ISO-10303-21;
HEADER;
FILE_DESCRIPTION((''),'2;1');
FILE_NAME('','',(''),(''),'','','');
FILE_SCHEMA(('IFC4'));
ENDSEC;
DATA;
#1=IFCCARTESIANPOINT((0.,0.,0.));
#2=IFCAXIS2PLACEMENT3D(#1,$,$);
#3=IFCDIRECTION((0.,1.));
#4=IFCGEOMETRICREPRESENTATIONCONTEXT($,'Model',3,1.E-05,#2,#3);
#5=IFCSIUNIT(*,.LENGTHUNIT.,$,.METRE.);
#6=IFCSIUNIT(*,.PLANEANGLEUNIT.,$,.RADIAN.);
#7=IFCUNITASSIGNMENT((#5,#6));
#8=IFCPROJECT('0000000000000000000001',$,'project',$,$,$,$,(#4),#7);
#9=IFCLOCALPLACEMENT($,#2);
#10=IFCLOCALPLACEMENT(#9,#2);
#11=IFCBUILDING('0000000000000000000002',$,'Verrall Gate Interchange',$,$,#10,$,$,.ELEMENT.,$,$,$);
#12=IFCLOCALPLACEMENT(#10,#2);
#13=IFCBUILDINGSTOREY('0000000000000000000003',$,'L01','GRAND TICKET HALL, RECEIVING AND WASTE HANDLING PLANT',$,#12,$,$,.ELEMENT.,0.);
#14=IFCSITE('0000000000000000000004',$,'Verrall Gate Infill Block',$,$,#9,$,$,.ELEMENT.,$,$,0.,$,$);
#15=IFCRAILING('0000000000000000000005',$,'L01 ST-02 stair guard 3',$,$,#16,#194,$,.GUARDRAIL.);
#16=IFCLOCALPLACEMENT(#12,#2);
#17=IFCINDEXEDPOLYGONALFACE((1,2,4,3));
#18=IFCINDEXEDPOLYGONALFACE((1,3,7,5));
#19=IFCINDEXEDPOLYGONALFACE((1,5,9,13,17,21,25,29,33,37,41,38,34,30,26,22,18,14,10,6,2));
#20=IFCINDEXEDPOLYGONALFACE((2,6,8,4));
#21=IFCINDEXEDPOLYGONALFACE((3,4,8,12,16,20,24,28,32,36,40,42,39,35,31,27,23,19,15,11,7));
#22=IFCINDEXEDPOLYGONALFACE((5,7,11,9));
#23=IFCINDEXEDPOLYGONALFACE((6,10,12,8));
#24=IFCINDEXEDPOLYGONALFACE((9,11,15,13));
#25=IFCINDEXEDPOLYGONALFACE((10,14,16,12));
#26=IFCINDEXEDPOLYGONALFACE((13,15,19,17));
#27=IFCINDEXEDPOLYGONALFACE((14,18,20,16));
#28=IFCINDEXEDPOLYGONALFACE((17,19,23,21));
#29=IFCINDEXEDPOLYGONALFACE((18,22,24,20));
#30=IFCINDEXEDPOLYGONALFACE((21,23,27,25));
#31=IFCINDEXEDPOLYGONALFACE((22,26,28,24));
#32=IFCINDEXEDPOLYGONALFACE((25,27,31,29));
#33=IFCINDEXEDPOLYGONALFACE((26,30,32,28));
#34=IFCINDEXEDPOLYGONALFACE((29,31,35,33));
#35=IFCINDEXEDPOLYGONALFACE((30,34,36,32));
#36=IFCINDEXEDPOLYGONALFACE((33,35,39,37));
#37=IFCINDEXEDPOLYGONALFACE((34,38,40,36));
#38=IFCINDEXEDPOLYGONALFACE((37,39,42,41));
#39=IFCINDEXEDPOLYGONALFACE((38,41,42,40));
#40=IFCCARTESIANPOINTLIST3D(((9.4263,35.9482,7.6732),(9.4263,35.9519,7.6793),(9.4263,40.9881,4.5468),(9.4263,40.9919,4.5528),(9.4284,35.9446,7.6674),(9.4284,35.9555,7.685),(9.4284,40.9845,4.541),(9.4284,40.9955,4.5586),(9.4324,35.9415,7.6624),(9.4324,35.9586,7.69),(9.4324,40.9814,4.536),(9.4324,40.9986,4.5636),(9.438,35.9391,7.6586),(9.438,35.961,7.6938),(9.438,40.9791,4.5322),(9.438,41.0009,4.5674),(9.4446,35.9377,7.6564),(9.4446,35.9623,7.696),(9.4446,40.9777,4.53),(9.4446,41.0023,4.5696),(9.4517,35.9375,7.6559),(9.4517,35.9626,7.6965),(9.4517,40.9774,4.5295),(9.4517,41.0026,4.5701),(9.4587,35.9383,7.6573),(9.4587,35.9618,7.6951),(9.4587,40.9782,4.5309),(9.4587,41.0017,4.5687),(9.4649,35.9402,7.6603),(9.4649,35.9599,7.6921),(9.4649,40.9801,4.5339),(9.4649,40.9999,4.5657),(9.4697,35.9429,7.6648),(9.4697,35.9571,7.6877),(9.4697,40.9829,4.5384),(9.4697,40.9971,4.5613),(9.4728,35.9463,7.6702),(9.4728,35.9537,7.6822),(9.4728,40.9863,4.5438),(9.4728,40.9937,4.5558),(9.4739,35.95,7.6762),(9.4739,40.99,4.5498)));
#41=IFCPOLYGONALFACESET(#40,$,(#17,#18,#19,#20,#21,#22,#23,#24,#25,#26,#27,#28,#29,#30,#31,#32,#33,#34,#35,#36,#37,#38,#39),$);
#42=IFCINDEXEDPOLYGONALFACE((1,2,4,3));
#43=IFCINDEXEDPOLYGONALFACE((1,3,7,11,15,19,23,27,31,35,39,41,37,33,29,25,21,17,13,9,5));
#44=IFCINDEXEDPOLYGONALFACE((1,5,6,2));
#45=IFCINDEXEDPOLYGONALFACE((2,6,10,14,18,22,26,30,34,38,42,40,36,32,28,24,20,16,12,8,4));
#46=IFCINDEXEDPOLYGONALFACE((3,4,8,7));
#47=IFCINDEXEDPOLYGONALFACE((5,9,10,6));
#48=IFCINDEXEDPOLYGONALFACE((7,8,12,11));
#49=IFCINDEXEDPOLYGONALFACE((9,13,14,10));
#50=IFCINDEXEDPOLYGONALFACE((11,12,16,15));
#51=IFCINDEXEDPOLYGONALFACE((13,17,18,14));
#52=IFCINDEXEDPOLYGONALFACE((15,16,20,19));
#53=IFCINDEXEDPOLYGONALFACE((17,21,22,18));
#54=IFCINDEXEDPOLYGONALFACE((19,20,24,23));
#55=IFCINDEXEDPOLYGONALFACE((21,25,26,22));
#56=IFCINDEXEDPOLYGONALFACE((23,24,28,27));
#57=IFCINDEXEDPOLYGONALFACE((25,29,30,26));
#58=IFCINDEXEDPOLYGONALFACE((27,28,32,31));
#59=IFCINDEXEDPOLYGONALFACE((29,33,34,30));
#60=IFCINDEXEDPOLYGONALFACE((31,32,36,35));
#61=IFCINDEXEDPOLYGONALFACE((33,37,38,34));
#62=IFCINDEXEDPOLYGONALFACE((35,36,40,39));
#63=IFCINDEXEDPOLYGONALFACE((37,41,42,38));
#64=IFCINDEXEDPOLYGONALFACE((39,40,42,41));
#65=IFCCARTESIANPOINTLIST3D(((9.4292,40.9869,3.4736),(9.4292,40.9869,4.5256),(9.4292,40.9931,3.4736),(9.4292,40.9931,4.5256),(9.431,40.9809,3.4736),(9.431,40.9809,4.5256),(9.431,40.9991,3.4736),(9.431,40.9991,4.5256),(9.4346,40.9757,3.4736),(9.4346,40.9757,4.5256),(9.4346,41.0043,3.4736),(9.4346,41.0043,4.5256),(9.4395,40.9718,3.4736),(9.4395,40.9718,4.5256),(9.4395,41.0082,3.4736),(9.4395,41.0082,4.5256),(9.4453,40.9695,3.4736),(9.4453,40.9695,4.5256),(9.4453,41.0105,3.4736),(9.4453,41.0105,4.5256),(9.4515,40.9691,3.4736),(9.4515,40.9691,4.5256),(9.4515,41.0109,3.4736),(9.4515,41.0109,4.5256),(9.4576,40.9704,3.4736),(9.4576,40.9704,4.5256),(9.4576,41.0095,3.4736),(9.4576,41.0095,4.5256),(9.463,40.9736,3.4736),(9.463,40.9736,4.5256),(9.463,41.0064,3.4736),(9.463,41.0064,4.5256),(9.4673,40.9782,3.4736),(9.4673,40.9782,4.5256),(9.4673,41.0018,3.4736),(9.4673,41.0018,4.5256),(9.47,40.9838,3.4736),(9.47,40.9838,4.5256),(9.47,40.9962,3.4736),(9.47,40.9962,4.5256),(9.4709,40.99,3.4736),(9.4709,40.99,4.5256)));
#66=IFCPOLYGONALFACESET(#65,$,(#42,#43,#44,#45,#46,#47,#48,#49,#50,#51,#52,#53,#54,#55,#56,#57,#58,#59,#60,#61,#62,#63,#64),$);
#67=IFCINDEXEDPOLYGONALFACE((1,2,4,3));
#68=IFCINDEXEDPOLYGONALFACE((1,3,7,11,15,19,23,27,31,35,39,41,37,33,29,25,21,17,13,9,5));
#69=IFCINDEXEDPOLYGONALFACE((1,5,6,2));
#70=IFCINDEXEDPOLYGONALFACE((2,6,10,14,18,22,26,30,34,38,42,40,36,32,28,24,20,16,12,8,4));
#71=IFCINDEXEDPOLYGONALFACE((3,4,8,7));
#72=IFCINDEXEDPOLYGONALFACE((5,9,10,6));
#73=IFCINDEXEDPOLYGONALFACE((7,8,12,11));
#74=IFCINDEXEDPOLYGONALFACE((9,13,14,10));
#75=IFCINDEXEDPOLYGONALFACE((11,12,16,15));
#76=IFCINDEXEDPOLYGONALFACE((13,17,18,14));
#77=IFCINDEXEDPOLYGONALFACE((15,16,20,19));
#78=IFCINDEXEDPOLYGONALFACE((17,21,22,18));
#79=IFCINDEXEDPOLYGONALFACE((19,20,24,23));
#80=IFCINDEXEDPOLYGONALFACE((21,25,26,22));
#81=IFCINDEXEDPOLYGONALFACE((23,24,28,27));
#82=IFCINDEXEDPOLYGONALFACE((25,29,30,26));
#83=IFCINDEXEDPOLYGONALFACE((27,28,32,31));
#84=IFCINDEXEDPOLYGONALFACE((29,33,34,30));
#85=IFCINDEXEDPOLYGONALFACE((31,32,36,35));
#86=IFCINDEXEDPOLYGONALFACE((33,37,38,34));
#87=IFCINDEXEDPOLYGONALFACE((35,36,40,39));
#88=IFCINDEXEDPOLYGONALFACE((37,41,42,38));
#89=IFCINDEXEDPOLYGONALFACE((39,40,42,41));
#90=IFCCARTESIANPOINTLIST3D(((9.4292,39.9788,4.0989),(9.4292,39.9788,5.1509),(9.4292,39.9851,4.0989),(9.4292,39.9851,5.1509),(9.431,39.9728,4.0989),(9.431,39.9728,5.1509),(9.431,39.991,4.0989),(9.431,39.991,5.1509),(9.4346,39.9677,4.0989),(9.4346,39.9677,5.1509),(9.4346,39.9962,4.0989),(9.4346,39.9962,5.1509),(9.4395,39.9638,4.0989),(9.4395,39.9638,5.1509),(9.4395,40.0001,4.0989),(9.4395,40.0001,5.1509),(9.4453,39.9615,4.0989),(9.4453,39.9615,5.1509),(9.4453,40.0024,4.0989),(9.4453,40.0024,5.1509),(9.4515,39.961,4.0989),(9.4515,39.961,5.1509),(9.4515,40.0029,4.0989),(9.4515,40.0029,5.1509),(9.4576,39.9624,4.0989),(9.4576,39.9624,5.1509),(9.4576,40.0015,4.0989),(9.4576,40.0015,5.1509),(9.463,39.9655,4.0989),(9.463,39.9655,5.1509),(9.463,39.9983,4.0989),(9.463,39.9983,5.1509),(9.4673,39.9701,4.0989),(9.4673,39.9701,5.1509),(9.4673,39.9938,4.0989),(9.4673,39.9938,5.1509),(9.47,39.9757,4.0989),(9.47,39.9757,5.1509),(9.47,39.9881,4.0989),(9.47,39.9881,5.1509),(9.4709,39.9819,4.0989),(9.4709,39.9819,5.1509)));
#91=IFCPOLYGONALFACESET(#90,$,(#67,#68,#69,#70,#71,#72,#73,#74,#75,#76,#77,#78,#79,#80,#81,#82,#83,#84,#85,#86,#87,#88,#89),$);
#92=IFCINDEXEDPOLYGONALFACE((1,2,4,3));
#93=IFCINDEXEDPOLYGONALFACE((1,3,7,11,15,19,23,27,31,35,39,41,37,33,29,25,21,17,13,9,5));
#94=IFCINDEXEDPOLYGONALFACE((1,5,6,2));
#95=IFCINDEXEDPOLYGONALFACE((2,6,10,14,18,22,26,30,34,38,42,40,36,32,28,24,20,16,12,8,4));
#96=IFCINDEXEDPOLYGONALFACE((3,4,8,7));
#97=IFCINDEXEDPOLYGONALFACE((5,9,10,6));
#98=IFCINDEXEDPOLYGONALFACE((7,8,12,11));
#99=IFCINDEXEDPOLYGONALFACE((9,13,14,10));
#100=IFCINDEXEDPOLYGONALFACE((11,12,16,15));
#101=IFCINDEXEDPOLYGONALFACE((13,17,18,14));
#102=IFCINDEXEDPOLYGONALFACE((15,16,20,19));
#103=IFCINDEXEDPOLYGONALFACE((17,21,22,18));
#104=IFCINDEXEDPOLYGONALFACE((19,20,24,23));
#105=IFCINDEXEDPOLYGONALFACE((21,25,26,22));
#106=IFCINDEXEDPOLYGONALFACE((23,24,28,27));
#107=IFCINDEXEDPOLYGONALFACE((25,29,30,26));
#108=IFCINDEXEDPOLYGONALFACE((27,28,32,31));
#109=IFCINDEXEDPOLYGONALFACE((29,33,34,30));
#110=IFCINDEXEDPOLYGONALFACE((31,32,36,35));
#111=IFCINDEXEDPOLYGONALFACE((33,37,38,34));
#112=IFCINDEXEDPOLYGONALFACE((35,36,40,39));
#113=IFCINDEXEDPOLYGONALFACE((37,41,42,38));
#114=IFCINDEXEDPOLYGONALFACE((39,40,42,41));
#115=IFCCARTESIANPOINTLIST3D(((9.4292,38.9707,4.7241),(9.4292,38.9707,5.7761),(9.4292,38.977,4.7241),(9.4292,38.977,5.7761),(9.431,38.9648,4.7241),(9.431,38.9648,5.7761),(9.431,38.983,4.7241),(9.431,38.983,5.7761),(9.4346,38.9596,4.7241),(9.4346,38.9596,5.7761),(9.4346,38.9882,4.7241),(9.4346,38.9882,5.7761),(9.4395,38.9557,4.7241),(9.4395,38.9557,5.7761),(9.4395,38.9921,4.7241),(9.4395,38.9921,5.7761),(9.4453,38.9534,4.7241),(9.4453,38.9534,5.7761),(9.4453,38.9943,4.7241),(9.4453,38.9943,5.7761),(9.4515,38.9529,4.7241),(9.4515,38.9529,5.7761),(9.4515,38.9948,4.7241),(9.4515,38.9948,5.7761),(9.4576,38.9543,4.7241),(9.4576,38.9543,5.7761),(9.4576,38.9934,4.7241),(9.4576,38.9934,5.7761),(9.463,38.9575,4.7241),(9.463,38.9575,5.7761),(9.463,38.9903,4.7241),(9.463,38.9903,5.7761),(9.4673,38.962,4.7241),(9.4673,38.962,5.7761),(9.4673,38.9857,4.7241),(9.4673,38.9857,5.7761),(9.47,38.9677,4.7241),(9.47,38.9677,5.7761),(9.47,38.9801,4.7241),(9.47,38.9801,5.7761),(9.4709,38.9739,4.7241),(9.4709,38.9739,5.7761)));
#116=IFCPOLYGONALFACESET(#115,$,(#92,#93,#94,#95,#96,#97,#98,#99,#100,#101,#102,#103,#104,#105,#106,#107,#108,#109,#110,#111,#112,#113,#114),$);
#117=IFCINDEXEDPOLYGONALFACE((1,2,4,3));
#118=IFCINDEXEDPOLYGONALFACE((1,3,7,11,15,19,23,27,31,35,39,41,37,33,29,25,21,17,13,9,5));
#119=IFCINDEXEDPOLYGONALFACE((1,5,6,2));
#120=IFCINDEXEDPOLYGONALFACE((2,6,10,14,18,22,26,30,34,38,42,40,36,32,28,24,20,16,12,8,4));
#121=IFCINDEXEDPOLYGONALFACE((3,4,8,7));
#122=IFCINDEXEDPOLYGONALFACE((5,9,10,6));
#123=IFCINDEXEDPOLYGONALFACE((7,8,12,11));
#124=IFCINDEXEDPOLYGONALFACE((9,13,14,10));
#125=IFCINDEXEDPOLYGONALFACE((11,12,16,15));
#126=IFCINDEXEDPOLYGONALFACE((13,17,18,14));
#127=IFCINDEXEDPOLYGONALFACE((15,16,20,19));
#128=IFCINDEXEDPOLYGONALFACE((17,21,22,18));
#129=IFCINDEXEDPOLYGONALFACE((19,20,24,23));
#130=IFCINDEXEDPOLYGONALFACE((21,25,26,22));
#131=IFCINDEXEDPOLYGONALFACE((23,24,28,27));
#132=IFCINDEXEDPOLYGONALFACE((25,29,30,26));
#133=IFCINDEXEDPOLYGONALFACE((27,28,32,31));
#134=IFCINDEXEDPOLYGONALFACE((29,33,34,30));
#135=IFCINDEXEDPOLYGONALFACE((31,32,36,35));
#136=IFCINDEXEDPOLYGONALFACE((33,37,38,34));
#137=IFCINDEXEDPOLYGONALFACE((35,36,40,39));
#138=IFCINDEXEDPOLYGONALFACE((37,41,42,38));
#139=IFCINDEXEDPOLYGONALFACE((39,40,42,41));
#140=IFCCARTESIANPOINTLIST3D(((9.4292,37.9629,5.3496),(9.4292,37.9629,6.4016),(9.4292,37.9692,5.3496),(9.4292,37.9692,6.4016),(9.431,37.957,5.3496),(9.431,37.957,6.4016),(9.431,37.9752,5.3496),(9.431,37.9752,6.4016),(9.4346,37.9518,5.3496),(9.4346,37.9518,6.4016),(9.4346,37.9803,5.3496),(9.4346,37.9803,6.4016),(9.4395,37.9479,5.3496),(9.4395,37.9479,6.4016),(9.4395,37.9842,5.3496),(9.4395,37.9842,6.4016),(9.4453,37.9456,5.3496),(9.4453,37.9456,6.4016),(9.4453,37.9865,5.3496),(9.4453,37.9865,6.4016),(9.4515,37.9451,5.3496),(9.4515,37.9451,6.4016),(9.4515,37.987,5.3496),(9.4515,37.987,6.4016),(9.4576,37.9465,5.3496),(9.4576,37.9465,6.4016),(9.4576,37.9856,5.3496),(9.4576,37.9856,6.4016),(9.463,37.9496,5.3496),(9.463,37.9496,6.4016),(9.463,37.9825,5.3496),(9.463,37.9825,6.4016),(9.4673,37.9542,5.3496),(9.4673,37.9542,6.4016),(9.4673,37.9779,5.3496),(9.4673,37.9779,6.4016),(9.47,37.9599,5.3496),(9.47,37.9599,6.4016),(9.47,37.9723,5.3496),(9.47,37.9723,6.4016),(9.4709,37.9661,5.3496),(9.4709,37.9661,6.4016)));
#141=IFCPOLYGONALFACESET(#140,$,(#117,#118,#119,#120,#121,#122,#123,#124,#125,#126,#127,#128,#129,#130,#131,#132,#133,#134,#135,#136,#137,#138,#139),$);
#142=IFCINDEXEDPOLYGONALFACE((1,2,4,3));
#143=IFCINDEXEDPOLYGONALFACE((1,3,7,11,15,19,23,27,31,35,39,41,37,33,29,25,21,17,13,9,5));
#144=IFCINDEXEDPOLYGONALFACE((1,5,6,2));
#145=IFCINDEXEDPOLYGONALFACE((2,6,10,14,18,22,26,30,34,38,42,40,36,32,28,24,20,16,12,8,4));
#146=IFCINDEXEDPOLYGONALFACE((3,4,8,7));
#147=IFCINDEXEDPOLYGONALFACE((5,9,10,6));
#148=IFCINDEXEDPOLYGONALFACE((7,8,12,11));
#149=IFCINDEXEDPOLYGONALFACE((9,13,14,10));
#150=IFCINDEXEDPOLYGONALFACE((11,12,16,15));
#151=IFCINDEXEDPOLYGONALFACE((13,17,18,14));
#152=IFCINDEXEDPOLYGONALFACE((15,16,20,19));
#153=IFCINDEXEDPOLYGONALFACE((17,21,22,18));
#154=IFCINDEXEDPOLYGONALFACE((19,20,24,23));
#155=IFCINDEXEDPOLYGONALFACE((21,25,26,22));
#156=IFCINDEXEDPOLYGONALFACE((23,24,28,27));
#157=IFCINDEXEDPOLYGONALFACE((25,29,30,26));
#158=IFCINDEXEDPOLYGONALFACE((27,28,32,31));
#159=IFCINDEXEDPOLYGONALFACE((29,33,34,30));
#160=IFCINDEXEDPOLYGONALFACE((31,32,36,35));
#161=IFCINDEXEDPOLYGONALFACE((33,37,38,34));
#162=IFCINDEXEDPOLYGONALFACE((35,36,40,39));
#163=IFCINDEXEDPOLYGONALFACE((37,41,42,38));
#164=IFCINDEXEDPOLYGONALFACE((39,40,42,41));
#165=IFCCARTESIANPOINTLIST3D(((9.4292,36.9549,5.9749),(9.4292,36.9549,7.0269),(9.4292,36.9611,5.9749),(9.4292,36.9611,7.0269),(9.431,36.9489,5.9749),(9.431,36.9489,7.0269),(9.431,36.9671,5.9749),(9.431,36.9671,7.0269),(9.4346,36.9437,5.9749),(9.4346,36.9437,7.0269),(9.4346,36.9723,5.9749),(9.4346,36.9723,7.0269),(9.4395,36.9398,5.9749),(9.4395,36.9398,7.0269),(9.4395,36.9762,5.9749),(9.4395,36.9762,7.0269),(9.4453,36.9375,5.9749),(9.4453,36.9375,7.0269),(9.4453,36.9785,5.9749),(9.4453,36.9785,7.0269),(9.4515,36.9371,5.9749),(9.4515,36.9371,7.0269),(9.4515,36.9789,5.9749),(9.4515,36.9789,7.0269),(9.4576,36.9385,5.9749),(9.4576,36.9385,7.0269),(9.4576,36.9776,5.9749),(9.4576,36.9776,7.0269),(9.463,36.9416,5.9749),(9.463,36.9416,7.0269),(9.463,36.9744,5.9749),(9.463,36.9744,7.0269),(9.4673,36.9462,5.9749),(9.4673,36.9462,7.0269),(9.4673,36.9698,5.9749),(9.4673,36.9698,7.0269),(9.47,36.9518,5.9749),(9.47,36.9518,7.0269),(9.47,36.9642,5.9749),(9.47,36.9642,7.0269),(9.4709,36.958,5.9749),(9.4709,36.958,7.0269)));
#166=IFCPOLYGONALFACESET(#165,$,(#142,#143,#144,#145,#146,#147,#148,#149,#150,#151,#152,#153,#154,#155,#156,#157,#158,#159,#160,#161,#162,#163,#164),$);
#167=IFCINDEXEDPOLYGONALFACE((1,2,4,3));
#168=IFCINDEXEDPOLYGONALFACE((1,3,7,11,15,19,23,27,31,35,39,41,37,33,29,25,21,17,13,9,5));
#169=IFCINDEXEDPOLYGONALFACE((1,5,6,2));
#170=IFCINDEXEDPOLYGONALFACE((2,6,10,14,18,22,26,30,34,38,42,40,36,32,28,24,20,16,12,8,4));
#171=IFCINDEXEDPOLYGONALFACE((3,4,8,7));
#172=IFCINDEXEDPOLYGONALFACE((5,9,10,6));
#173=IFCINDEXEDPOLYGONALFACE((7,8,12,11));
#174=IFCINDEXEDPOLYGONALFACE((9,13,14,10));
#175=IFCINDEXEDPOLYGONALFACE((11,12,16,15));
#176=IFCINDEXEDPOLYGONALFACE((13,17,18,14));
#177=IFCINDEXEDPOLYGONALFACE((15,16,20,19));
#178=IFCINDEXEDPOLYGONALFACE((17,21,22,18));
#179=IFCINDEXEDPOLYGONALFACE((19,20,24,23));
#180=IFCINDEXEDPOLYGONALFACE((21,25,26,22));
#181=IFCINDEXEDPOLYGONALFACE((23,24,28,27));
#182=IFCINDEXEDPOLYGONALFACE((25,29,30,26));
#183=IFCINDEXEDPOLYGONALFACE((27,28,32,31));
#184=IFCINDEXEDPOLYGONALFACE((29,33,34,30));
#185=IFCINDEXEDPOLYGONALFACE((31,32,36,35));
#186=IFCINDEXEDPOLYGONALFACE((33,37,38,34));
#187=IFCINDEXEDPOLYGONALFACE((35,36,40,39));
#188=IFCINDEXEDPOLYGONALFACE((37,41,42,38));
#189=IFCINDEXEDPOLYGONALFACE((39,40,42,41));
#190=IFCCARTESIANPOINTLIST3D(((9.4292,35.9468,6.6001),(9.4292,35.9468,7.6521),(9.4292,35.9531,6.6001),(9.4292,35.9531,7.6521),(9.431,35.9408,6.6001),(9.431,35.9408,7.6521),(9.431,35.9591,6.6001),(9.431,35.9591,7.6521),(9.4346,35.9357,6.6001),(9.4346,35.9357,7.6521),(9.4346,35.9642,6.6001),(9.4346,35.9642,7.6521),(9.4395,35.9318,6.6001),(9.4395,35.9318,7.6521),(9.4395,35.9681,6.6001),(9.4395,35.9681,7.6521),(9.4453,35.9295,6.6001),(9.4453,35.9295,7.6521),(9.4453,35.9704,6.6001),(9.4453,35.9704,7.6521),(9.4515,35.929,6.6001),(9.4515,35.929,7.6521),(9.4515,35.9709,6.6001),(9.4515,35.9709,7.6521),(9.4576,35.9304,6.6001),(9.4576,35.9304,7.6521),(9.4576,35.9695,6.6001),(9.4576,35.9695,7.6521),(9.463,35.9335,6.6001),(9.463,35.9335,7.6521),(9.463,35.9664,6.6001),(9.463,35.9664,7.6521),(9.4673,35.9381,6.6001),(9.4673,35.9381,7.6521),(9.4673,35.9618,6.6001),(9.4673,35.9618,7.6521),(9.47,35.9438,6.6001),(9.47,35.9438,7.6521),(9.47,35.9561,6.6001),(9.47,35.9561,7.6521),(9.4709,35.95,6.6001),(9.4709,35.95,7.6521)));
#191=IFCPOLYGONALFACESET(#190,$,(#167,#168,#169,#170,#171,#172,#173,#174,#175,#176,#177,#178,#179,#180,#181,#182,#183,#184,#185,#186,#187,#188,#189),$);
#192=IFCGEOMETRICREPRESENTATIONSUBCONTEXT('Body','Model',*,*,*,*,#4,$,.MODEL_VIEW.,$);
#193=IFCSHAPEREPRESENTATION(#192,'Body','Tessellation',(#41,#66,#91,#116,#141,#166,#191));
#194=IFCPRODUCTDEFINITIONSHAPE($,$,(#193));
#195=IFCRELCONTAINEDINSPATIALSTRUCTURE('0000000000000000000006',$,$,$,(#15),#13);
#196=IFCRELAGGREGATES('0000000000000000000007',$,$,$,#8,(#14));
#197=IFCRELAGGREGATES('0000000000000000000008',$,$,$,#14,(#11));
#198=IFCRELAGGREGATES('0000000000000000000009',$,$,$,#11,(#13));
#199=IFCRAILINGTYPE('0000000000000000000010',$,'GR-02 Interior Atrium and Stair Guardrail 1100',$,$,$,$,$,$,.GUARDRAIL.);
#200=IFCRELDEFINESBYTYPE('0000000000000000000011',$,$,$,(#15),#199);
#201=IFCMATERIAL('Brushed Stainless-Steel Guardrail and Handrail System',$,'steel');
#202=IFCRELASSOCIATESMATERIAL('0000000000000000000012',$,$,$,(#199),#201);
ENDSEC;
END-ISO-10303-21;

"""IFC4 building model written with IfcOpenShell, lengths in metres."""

from ifc_helpers import new_model, si_unit, direction, frame, origin, origin_2d, place, context, subcontext, project, spatial, circle, extrude, material, type_object, element, save


model = new_model("IFC4")

# Units and contexts
model_context = context("Model", 3, precision=1e-05, world=origin(), true_north=direction((0.0, 1.0)))
body_context = subcontext(model_context, "Body", "Model", "MODEL_VIEW")
ifc_project = project(units=[si_unit("LENGTHUNIT", "METRE"), si_unit("PLANEANGLEUNIT", "RADIAN")], contexts=[model_context])

# Site, building, storey
site_placement = place(None, origin())
site = spatial("IfcSite", under=ifc_project, at=site_placement, Name="Verrall Gate Infill Block", CompositionType="ELEMENT", RefElevation=0.0)
building_placement = place(site_placement, origin())
building = spatial("IfcBuilding", under=site, at=building_placement, Name="Verrall Gate Interchange", CompositionType="ELEMENT")
storey_placement = place(building_placement, origin())
storey = spatial("IfcBuildingStorey", under=building, at=storey_placement, Name="L01", Description="GRAND TICKET HALL, RECEIVING AND WASTE HANDLING PLANT", CompositionType="ELEMENT", Elevation=0.0)

# Railing
ifc_material_1 = material(Name="Brushed Stainless-Steel Guardrail and Handrail System", Category="steel")
railing_type_1 = type_object("IfcRailingType", Name="GR-02 Interior Atrium and Stair Guardrail 1100", PredefinedType="GUARDRAIL", material=ifc_material_1)
railing_1_placement = place(storey_placement, frame((9.45, 40.99, 3.4736)))
element("IfcRailing", 1, at=railing_1_placement, inside=storey, type_object=railing_type_1, Name="L01 ST-02 stair guard 3", PredefinedType="GUARDRAIL", context=body_context, shape_type="SweptSolid", body=[
    extrude(circle(Radius=0.0239, at=origin_2d()), frame((0.0, 0.0, 1.0762), z_axis=(0.0, -0.849779, 0.527139), x_axis=(1.0, 0.0, 0.0)), (0.0, 0.0, 1.0), 5.9309),
    extrude(circle(Radius=0.021, at=origin_2d()), origin(), (0.0, 0.0, 1.0), 1.052),
    extrude(circle(Radius=0.021, at=origin_2d()), frame((0.0, -1.0081, 0.6252)), (0.0, 0.0, 1.0), 1.052),
    extrude(circle(Radius=0.021, at=origin_2d()), frame((0.0, -2.0161, 1.2505)), (0.0, 0.0, 1.0), 1.052),
    extrude(circle(Radius=0.021, at=origin_2d()), frame((0.0, -3.0239, 1.876)), (0.0, 0.0, 1.0), 1.052),
    extrude(circle(Radius=0.021, at=origin_2d()), frame((0.0, -4.032, 2.5012)), (0.0, 0.0, 1.0), 1.052),
    extrude(circle(Radius=0.021, at=origin_2d()), frame((0.0, -5.04, 3.1265)), (0.0, 0.0, 1.0), 1.052),
])

save(model, "model.ifc")
